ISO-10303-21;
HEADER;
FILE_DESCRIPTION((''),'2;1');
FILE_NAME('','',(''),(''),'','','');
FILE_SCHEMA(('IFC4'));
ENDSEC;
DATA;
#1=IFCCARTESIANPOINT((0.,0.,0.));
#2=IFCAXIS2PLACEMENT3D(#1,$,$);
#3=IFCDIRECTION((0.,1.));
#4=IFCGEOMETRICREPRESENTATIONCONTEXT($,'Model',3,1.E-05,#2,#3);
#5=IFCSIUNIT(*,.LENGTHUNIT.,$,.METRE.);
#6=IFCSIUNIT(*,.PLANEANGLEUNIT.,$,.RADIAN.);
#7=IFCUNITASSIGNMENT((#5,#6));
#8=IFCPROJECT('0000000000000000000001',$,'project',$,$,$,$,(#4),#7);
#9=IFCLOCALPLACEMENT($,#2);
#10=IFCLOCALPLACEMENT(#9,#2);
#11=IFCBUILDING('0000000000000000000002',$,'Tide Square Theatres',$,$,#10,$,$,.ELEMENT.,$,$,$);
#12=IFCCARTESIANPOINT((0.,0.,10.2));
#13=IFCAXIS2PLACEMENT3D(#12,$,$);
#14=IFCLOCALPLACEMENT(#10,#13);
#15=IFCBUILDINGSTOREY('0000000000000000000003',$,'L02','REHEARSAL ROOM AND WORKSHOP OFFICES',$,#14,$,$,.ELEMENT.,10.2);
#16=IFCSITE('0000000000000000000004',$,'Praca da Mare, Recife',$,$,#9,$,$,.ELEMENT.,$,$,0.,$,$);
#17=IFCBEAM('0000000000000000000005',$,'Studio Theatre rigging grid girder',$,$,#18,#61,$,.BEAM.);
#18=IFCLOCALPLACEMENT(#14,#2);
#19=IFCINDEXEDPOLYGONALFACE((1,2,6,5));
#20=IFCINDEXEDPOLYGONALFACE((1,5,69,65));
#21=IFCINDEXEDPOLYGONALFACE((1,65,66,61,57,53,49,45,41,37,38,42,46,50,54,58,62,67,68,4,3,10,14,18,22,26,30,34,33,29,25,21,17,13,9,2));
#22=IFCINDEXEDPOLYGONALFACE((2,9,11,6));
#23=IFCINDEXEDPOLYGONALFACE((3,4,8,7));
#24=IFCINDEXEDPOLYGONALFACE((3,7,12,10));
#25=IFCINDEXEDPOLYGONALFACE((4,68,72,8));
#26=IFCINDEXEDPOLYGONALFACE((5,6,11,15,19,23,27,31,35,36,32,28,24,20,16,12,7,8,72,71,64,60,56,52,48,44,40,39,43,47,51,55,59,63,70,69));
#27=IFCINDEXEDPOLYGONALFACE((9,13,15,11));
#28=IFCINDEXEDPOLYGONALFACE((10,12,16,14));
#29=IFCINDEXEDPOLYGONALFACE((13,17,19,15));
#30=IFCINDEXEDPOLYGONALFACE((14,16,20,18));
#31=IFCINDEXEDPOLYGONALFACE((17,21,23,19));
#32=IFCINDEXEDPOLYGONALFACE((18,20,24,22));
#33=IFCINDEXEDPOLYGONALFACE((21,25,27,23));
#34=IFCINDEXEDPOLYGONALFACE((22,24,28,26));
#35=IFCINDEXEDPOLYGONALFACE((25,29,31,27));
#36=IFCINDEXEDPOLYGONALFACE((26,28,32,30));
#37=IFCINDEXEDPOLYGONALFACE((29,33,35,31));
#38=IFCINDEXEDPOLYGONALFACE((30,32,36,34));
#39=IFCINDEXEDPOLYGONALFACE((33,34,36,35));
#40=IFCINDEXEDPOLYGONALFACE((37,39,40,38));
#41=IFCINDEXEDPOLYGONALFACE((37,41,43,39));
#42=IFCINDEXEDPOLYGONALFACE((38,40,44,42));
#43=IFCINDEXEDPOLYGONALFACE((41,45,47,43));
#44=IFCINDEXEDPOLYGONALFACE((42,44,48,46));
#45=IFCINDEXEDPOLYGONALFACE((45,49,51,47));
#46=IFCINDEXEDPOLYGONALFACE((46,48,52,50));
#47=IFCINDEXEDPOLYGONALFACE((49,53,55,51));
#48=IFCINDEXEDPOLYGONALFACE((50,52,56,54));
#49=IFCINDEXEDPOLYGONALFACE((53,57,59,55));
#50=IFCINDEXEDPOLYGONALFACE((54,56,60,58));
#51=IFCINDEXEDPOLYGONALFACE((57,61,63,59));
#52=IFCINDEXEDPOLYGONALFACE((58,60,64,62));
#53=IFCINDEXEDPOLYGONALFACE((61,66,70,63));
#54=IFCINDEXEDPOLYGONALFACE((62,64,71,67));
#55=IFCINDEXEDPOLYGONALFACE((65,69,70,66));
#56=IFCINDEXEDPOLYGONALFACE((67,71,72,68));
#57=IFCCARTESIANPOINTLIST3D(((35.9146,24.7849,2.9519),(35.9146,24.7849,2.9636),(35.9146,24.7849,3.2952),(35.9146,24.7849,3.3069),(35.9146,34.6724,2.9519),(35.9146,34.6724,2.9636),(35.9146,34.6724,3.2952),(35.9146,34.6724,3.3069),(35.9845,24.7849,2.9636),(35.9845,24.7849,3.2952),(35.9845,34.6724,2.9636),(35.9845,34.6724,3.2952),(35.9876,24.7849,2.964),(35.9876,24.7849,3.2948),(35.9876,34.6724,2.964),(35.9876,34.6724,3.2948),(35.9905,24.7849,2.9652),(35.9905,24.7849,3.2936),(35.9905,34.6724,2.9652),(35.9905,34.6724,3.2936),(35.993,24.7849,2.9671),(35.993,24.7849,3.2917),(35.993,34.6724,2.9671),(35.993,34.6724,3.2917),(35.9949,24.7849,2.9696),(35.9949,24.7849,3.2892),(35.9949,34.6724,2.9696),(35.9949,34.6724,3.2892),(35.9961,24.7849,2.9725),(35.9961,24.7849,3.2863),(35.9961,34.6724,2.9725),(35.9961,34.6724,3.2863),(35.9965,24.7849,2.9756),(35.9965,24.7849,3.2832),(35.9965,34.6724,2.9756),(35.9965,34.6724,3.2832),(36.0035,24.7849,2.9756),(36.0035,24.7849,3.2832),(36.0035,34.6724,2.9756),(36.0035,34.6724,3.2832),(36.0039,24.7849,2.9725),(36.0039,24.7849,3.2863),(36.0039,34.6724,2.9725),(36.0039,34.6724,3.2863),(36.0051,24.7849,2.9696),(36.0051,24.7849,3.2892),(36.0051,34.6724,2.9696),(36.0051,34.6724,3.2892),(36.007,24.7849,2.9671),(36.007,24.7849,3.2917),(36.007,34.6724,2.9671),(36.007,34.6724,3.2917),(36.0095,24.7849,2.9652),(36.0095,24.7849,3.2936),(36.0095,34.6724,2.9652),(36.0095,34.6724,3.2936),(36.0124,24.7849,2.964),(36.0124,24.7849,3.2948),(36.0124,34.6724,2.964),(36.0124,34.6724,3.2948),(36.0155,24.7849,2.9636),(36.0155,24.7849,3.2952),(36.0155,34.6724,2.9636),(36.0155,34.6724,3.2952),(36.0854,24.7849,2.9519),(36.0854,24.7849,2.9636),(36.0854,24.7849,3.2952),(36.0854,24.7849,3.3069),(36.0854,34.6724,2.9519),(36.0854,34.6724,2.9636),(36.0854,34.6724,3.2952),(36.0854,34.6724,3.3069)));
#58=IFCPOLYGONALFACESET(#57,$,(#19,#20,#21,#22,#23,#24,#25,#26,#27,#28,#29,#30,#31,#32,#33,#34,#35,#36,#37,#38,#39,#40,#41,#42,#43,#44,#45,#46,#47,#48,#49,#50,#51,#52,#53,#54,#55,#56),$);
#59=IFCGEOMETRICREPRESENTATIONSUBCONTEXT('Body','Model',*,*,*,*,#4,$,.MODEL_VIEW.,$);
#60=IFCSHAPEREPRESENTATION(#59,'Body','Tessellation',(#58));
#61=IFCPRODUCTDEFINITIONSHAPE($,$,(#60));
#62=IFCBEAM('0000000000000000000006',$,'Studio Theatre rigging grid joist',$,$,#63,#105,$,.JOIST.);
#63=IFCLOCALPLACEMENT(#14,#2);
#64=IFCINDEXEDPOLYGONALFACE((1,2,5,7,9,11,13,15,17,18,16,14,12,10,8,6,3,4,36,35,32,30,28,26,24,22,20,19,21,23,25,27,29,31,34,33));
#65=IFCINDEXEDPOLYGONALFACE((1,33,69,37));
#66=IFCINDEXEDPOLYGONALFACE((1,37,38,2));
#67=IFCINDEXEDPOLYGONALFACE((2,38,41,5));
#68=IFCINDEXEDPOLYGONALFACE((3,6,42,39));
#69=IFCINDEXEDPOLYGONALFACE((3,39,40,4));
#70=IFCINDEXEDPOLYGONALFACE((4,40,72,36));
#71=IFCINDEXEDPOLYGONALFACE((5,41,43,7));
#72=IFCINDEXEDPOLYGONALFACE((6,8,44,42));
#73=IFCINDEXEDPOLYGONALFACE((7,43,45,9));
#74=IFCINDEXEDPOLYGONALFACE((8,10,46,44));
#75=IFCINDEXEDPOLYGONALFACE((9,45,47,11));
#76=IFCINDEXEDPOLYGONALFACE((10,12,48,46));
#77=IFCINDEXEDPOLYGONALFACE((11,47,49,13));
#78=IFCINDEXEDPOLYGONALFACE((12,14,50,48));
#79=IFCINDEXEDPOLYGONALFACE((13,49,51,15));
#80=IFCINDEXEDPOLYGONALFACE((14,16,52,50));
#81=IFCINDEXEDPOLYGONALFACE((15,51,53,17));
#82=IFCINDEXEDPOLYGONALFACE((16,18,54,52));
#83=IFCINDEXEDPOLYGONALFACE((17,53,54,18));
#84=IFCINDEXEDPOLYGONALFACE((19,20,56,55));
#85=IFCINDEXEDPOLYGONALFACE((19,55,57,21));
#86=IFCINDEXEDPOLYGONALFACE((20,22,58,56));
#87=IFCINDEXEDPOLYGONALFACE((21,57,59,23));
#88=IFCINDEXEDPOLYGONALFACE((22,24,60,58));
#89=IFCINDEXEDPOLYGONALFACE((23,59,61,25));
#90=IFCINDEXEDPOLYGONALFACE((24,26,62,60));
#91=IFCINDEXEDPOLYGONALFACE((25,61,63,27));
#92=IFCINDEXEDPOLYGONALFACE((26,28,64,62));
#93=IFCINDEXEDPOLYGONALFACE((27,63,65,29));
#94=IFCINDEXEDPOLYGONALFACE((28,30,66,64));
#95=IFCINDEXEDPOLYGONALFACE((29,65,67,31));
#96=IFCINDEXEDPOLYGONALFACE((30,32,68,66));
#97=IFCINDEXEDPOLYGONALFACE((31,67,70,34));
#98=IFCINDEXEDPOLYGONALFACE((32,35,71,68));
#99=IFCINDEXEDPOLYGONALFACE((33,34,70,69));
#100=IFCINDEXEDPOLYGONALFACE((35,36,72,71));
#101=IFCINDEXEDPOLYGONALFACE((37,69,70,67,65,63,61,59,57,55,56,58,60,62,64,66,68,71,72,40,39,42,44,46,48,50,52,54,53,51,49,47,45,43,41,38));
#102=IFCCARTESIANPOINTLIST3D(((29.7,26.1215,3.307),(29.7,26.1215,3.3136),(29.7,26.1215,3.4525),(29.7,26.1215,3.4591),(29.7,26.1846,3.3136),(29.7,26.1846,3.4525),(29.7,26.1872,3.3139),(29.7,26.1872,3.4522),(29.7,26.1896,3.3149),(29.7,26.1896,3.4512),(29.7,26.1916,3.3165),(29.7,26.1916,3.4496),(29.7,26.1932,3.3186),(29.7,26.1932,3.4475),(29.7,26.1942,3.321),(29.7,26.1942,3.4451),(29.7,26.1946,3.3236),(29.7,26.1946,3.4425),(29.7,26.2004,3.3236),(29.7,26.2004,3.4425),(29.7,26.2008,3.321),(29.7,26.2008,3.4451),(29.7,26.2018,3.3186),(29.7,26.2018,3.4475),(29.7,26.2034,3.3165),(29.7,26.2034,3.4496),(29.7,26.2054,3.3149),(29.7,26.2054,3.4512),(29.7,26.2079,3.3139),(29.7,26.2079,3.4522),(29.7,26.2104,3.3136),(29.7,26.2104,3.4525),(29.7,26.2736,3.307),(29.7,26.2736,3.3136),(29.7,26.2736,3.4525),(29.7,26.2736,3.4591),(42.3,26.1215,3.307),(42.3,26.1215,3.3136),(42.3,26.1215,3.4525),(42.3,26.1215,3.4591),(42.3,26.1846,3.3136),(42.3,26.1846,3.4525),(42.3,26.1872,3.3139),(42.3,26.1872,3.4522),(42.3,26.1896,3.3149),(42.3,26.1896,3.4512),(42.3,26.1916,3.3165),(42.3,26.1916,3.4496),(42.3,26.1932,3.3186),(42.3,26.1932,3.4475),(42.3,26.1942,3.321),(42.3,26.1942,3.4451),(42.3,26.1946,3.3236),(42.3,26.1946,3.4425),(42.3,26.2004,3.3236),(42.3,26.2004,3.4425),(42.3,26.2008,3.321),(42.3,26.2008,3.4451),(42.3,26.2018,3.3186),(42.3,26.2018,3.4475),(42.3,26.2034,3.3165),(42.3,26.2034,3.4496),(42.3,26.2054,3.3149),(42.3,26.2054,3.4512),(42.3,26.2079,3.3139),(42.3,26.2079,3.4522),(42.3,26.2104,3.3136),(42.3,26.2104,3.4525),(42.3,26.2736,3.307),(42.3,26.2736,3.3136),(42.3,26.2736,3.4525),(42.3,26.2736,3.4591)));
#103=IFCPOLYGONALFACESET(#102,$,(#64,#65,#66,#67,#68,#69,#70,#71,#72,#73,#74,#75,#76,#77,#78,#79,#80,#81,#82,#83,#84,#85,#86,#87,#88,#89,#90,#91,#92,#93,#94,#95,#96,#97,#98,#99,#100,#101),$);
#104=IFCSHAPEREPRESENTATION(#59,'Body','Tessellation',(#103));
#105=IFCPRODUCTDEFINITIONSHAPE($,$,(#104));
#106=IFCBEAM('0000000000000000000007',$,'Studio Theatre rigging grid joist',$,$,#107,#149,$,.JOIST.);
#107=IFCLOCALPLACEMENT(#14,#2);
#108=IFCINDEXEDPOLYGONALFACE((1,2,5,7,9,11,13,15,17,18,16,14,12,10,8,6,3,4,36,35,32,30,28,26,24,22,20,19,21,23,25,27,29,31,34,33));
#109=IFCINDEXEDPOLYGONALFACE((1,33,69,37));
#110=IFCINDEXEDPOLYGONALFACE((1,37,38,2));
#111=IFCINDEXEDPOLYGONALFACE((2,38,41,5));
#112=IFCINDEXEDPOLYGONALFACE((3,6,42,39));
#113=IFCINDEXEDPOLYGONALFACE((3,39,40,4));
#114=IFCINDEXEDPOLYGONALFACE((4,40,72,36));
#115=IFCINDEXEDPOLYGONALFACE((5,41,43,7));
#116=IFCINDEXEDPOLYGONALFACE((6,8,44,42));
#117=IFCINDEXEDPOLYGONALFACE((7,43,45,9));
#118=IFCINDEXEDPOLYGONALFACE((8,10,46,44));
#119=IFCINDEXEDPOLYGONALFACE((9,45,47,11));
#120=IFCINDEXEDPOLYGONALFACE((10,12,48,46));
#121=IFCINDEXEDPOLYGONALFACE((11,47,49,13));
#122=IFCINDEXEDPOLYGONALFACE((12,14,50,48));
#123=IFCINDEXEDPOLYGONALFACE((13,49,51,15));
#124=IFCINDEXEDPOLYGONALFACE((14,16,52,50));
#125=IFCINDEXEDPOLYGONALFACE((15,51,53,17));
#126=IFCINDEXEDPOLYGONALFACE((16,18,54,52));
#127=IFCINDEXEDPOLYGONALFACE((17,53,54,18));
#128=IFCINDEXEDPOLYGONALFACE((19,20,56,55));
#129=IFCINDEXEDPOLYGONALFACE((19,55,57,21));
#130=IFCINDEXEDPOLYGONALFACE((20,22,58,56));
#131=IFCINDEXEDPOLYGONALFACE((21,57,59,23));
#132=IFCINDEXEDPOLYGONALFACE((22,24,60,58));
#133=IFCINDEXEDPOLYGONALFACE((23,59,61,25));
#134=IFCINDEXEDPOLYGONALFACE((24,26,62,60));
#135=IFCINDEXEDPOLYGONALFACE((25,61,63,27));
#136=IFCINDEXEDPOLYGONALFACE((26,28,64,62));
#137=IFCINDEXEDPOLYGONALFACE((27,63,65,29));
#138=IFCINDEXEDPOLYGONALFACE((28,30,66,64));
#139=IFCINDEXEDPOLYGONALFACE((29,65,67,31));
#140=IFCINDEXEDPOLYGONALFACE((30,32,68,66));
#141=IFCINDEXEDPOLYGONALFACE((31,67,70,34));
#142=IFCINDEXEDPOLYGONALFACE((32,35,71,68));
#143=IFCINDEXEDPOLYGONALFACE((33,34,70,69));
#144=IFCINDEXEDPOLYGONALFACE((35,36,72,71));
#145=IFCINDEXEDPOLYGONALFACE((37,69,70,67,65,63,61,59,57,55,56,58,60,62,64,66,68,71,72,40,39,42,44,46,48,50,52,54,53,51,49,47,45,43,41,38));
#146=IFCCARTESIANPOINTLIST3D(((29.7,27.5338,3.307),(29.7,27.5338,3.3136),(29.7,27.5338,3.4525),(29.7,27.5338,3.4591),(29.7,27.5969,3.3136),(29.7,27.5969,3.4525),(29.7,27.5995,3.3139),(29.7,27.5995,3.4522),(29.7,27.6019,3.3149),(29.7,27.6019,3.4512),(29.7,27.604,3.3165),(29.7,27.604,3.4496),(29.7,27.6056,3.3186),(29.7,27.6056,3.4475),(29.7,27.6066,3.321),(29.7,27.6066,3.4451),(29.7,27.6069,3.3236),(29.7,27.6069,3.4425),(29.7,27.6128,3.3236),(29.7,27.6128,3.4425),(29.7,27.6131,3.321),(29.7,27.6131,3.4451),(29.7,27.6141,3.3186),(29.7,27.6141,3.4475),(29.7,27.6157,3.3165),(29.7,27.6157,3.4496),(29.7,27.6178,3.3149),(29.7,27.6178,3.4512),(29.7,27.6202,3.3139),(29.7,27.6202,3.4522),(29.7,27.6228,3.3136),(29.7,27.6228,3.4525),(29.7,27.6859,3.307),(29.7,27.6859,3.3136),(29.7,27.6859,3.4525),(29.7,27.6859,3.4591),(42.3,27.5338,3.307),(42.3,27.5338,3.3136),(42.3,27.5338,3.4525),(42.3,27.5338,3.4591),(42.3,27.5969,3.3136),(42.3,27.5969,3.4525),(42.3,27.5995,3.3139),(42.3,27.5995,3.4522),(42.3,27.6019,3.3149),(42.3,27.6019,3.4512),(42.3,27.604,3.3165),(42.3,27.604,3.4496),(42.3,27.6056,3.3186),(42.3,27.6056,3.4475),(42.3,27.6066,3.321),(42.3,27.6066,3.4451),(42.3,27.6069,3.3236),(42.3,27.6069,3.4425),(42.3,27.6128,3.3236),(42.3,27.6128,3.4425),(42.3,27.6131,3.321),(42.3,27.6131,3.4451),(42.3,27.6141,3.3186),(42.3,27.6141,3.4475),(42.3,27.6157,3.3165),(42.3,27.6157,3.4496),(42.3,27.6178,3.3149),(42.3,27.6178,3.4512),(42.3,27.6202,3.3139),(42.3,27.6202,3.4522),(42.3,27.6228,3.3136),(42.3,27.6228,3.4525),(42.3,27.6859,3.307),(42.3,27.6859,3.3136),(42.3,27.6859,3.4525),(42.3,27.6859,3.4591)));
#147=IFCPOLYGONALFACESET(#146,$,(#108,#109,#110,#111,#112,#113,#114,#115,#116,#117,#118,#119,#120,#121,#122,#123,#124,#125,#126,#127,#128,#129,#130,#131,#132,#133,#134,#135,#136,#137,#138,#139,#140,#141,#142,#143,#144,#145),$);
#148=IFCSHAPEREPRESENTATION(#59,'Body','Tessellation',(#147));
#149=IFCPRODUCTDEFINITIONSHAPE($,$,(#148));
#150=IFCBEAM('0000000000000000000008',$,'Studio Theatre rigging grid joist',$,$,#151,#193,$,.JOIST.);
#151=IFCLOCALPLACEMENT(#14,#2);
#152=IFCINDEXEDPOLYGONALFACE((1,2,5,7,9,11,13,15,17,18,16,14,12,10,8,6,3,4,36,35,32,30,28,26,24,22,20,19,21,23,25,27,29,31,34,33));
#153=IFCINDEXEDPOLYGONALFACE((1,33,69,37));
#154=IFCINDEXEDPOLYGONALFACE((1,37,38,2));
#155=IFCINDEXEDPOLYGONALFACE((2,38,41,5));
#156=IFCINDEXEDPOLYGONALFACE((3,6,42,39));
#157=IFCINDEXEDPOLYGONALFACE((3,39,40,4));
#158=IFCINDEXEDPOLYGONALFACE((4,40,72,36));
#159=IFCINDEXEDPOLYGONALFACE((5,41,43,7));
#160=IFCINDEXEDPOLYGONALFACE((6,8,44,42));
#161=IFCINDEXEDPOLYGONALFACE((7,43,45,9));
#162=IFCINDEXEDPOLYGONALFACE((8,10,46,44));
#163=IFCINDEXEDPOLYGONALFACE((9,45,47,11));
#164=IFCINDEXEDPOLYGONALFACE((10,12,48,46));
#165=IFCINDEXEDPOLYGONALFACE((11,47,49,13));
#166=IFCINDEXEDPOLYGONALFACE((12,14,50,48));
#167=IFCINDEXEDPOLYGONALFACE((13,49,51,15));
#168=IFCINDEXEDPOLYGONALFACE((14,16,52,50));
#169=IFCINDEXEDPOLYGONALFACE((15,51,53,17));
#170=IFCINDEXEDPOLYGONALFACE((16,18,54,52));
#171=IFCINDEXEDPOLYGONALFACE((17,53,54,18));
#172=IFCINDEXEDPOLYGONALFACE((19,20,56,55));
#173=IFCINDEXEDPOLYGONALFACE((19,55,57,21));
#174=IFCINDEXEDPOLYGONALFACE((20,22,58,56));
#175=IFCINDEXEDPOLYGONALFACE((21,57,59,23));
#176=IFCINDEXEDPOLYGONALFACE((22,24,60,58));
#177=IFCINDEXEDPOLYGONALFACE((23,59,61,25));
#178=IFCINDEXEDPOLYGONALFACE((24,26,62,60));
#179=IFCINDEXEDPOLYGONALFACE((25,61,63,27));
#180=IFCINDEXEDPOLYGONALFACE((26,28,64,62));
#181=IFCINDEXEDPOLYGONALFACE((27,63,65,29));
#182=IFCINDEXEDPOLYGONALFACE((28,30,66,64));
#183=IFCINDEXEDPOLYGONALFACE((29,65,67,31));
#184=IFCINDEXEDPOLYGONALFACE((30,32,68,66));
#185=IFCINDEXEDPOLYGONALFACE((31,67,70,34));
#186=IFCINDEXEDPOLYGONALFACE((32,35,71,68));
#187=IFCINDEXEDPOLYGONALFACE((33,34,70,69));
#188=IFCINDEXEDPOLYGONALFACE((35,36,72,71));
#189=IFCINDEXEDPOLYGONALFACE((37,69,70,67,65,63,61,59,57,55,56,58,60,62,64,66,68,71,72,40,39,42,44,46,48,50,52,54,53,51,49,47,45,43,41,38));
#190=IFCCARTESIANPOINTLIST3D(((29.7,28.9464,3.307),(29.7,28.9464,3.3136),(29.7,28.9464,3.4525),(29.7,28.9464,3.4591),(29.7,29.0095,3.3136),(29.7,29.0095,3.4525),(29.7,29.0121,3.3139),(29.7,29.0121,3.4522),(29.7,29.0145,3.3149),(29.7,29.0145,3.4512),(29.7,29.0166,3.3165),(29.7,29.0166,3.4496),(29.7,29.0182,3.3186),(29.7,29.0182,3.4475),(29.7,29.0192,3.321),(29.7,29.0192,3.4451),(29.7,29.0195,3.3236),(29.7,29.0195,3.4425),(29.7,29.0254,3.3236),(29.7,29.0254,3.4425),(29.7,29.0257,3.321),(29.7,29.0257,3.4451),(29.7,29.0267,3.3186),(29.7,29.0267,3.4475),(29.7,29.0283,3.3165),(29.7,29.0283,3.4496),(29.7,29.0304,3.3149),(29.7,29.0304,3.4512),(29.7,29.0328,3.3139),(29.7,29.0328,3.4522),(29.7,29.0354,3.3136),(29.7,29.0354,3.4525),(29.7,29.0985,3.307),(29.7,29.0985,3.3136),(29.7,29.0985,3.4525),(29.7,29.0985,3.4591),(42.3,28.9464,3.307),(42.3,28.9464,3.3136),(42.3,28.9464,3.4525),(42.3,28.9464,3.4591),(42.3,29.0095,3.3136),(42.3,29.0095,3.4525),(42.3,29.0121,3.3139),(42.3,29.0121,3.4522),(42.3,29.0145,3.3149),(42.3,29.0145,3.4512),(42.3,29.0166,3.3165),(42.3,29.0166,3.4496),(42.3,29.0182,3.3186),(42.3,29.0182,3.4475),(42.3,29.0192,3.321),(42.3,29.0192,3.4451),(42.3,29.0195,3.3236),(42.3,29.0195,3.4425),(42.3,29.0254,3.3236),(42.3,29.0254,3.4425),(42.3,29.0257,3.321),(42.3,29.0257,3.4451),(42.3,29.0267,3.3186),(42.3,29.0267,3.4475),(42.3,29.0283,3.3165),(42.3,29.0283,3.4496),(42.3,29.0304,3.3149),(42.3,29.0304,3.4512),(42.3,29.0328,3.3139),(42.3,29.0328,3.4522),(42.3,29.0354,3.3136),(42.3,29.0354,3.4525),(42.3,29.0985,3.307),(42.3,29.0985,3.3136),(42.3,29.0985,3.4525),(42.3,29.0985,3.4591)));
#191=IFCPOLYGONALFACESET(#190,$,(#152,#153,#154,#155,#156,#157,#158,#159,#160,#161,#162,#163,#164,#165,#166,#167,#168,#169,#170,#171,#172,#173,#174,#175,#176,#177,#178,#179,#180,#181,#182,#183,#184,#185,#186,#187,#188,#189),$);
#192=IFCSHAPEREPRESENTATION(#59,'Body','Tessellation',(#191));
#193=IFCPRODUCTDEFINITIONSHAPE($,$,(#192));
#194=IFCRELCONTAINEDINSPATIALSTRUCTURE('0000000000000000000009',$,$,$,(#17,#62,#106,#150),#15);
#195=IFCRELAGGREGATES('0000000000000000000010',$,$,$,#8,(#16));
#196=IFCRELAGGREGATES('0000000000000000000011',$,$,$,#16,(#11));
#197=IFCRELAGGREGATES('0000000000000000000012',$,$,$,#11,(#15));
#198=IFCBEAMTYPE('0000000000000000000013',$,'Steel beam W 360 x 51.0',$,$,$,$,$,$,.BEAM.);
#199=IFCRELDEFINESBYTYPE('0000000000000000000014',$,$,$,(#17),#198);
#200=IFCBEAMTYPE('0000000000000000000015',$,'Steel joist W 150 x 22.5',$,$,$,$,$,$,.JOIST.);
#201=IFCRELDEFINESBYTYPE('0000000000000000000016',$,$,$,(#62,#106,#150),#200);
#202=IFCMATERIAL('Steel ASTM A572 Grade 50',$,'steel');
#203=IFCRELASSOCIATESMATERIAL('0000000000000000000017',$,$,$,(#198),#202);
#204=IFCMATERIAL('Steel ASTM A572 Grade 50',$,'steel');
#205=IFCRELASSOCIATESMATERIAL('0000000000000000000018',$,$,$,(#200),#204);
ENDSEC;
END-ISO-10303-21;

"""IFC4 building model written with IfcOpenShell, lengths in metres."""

from ifc_helpers import new_model, si_unit, direction, frame, origin, origin_2d, place, context, subcontext, project, spatial, i_section, extrude, material, material_profile, profile_set, type_object, element, save


model = new_model("IFC4")

# Units and contexts
model_context = context("Model", 3, precision=1e-05, world=origin(), true_north=direction((0.0, 1.0)))
body_context = subcontext(model_context, "Body", "Model", "MODEL_VIEW")
ifc_project = project(units=[si_unit("LENGTHUNIT", "METRE"), si_unit("PLANEANGLEUNIT", "RADIAN")], contexts=[model_context])

# Site, building, storey
site_placement = place(None, origin())
site = spatial("IfcSite", under=ifc_project, at=site_placement, Name="Praca da Mare, Recife", CompositionType="ELEMENT", RefElevation=0.0)
building_placement = place(site_placement, origin())
building = spatial("IfcBuilding", under=site, at=building_placement, Name="Tide Square Theatres", CompositionType="ELEMENT")
storey_placement = place(building_placement, frame((0.0, 0.0, 10.2)))
storey = spatial("IfcBuildingStorey", under=building, at=storey_placement, Name="L02", Description="REHEARSAL ROOM AND WORKSHOP OFFICES", CompositionType="ELEMENT", Elevation=10.2)

# Beams
ifc_material_1 = material(Name="Steel ASTM A572 Grade 50", Category="steel")
ifc_material_profile_1 = material_profile(ifc_material_1, i_section(OverallWidth=0.1709, OverallDepth=0.355, WebThickness=0.0071, FlangeThickness=0.0117, FilletRadius=0.012, at=origin_2d()))
ifc_profile_set_1 = profile_set([ifc_material_profile_1], Name="Steel ASTM A572 Grade 50")
beam_type_1 = type_object("IfcBeamType", Name="Steel beam W 360 x 51.0", PredefinedType="BEAM", material=ifc_profile_set_1)
for number, where, z_axis, x_axis, name in (
    (1, (36.0, 24.7849, 3.1294), (0.0, 1.0, 0.0), (-1.0, 0.0, 0.0), "Studio Theatre rigging grid girder"),
):
    element("IfcBeam", number, at=place(storey_placement, frame(where, z_axis=z_axis, x_axis=x_axis)), inside=storey, type_object=beam_type_1, Name=name, PredefinedType="BEAM", context=body_context, shape_type="SweptSolid", body=[
        extrude(i_section(OverallWidth=0.1709, OverallDepth=0.355, WebThickness=0.0071, FlangeThickness=0.0117, FilletRadius=0.012, at=origin_2d()), origin(), (0.0, 0.0, 1.0), 9.8875),
    ])
ifc_material_2 = material(Name="Steel ASTM A572 Grade 50", Category="steel")
ifc_material_profile_2 = material_profile(ifc_material_2, i_section(OverallWidth=0.1521, OverallDepth=0.1521, WebThickness=0.0059, FlangeThickness=0.0066, FilletRadius=0.01, at=origin_2d()))
ifc_profile_set_2 = profile_set([ifc_material_profile_2], Name="Steel ASTM A572 Grade 50")
beam_type_2 = type_object("IfcBeamType", Name="Steel joist W 150 x 22.5", PredefinedType="JOIST", material=ifc_profile_set_2)
for number, where, z_axis, x_axis, name in (
    (2, (42.3, 26.1975, 3.3831), (-1.0, 0.0, 0.0), (0.0, -1.0, 0.0), "Studio Theatre rigging grid joist"),
    (3, (42.3, 27.6099, 3.3831), (-1.0, 0.0, 0.0), (0.0, -1.0, 0.0), "Studio Theatre rigging grid joist"),
    (4, (42.3, 29.0225, 3.3831), (-1.0, 0.0, 0.0), (0.0, -1.0, 0.0), "Studio Theatre rigging grid joist"),
):
    element("IfcBeam", number, at=place(storey_placement, frame(where, z_axis=z_axis, x_axis=x_axis)), inside=storey, type_object=beam_type_2, Name=name, PredefinedType="JOIST", context=body_context, shape_type="SweptSolid", body=[
        extrude(i_section(OverallWidth=0.1521, OverallDepth=0.1521, WebThickness=0.0059, FlangeThickness=0.0066, FilletRadius=0.01, at=origin_2d()), origin(), (0.0, 0.0, 1.0), 12.6001),
    ])

save(model, "model.ifc")
